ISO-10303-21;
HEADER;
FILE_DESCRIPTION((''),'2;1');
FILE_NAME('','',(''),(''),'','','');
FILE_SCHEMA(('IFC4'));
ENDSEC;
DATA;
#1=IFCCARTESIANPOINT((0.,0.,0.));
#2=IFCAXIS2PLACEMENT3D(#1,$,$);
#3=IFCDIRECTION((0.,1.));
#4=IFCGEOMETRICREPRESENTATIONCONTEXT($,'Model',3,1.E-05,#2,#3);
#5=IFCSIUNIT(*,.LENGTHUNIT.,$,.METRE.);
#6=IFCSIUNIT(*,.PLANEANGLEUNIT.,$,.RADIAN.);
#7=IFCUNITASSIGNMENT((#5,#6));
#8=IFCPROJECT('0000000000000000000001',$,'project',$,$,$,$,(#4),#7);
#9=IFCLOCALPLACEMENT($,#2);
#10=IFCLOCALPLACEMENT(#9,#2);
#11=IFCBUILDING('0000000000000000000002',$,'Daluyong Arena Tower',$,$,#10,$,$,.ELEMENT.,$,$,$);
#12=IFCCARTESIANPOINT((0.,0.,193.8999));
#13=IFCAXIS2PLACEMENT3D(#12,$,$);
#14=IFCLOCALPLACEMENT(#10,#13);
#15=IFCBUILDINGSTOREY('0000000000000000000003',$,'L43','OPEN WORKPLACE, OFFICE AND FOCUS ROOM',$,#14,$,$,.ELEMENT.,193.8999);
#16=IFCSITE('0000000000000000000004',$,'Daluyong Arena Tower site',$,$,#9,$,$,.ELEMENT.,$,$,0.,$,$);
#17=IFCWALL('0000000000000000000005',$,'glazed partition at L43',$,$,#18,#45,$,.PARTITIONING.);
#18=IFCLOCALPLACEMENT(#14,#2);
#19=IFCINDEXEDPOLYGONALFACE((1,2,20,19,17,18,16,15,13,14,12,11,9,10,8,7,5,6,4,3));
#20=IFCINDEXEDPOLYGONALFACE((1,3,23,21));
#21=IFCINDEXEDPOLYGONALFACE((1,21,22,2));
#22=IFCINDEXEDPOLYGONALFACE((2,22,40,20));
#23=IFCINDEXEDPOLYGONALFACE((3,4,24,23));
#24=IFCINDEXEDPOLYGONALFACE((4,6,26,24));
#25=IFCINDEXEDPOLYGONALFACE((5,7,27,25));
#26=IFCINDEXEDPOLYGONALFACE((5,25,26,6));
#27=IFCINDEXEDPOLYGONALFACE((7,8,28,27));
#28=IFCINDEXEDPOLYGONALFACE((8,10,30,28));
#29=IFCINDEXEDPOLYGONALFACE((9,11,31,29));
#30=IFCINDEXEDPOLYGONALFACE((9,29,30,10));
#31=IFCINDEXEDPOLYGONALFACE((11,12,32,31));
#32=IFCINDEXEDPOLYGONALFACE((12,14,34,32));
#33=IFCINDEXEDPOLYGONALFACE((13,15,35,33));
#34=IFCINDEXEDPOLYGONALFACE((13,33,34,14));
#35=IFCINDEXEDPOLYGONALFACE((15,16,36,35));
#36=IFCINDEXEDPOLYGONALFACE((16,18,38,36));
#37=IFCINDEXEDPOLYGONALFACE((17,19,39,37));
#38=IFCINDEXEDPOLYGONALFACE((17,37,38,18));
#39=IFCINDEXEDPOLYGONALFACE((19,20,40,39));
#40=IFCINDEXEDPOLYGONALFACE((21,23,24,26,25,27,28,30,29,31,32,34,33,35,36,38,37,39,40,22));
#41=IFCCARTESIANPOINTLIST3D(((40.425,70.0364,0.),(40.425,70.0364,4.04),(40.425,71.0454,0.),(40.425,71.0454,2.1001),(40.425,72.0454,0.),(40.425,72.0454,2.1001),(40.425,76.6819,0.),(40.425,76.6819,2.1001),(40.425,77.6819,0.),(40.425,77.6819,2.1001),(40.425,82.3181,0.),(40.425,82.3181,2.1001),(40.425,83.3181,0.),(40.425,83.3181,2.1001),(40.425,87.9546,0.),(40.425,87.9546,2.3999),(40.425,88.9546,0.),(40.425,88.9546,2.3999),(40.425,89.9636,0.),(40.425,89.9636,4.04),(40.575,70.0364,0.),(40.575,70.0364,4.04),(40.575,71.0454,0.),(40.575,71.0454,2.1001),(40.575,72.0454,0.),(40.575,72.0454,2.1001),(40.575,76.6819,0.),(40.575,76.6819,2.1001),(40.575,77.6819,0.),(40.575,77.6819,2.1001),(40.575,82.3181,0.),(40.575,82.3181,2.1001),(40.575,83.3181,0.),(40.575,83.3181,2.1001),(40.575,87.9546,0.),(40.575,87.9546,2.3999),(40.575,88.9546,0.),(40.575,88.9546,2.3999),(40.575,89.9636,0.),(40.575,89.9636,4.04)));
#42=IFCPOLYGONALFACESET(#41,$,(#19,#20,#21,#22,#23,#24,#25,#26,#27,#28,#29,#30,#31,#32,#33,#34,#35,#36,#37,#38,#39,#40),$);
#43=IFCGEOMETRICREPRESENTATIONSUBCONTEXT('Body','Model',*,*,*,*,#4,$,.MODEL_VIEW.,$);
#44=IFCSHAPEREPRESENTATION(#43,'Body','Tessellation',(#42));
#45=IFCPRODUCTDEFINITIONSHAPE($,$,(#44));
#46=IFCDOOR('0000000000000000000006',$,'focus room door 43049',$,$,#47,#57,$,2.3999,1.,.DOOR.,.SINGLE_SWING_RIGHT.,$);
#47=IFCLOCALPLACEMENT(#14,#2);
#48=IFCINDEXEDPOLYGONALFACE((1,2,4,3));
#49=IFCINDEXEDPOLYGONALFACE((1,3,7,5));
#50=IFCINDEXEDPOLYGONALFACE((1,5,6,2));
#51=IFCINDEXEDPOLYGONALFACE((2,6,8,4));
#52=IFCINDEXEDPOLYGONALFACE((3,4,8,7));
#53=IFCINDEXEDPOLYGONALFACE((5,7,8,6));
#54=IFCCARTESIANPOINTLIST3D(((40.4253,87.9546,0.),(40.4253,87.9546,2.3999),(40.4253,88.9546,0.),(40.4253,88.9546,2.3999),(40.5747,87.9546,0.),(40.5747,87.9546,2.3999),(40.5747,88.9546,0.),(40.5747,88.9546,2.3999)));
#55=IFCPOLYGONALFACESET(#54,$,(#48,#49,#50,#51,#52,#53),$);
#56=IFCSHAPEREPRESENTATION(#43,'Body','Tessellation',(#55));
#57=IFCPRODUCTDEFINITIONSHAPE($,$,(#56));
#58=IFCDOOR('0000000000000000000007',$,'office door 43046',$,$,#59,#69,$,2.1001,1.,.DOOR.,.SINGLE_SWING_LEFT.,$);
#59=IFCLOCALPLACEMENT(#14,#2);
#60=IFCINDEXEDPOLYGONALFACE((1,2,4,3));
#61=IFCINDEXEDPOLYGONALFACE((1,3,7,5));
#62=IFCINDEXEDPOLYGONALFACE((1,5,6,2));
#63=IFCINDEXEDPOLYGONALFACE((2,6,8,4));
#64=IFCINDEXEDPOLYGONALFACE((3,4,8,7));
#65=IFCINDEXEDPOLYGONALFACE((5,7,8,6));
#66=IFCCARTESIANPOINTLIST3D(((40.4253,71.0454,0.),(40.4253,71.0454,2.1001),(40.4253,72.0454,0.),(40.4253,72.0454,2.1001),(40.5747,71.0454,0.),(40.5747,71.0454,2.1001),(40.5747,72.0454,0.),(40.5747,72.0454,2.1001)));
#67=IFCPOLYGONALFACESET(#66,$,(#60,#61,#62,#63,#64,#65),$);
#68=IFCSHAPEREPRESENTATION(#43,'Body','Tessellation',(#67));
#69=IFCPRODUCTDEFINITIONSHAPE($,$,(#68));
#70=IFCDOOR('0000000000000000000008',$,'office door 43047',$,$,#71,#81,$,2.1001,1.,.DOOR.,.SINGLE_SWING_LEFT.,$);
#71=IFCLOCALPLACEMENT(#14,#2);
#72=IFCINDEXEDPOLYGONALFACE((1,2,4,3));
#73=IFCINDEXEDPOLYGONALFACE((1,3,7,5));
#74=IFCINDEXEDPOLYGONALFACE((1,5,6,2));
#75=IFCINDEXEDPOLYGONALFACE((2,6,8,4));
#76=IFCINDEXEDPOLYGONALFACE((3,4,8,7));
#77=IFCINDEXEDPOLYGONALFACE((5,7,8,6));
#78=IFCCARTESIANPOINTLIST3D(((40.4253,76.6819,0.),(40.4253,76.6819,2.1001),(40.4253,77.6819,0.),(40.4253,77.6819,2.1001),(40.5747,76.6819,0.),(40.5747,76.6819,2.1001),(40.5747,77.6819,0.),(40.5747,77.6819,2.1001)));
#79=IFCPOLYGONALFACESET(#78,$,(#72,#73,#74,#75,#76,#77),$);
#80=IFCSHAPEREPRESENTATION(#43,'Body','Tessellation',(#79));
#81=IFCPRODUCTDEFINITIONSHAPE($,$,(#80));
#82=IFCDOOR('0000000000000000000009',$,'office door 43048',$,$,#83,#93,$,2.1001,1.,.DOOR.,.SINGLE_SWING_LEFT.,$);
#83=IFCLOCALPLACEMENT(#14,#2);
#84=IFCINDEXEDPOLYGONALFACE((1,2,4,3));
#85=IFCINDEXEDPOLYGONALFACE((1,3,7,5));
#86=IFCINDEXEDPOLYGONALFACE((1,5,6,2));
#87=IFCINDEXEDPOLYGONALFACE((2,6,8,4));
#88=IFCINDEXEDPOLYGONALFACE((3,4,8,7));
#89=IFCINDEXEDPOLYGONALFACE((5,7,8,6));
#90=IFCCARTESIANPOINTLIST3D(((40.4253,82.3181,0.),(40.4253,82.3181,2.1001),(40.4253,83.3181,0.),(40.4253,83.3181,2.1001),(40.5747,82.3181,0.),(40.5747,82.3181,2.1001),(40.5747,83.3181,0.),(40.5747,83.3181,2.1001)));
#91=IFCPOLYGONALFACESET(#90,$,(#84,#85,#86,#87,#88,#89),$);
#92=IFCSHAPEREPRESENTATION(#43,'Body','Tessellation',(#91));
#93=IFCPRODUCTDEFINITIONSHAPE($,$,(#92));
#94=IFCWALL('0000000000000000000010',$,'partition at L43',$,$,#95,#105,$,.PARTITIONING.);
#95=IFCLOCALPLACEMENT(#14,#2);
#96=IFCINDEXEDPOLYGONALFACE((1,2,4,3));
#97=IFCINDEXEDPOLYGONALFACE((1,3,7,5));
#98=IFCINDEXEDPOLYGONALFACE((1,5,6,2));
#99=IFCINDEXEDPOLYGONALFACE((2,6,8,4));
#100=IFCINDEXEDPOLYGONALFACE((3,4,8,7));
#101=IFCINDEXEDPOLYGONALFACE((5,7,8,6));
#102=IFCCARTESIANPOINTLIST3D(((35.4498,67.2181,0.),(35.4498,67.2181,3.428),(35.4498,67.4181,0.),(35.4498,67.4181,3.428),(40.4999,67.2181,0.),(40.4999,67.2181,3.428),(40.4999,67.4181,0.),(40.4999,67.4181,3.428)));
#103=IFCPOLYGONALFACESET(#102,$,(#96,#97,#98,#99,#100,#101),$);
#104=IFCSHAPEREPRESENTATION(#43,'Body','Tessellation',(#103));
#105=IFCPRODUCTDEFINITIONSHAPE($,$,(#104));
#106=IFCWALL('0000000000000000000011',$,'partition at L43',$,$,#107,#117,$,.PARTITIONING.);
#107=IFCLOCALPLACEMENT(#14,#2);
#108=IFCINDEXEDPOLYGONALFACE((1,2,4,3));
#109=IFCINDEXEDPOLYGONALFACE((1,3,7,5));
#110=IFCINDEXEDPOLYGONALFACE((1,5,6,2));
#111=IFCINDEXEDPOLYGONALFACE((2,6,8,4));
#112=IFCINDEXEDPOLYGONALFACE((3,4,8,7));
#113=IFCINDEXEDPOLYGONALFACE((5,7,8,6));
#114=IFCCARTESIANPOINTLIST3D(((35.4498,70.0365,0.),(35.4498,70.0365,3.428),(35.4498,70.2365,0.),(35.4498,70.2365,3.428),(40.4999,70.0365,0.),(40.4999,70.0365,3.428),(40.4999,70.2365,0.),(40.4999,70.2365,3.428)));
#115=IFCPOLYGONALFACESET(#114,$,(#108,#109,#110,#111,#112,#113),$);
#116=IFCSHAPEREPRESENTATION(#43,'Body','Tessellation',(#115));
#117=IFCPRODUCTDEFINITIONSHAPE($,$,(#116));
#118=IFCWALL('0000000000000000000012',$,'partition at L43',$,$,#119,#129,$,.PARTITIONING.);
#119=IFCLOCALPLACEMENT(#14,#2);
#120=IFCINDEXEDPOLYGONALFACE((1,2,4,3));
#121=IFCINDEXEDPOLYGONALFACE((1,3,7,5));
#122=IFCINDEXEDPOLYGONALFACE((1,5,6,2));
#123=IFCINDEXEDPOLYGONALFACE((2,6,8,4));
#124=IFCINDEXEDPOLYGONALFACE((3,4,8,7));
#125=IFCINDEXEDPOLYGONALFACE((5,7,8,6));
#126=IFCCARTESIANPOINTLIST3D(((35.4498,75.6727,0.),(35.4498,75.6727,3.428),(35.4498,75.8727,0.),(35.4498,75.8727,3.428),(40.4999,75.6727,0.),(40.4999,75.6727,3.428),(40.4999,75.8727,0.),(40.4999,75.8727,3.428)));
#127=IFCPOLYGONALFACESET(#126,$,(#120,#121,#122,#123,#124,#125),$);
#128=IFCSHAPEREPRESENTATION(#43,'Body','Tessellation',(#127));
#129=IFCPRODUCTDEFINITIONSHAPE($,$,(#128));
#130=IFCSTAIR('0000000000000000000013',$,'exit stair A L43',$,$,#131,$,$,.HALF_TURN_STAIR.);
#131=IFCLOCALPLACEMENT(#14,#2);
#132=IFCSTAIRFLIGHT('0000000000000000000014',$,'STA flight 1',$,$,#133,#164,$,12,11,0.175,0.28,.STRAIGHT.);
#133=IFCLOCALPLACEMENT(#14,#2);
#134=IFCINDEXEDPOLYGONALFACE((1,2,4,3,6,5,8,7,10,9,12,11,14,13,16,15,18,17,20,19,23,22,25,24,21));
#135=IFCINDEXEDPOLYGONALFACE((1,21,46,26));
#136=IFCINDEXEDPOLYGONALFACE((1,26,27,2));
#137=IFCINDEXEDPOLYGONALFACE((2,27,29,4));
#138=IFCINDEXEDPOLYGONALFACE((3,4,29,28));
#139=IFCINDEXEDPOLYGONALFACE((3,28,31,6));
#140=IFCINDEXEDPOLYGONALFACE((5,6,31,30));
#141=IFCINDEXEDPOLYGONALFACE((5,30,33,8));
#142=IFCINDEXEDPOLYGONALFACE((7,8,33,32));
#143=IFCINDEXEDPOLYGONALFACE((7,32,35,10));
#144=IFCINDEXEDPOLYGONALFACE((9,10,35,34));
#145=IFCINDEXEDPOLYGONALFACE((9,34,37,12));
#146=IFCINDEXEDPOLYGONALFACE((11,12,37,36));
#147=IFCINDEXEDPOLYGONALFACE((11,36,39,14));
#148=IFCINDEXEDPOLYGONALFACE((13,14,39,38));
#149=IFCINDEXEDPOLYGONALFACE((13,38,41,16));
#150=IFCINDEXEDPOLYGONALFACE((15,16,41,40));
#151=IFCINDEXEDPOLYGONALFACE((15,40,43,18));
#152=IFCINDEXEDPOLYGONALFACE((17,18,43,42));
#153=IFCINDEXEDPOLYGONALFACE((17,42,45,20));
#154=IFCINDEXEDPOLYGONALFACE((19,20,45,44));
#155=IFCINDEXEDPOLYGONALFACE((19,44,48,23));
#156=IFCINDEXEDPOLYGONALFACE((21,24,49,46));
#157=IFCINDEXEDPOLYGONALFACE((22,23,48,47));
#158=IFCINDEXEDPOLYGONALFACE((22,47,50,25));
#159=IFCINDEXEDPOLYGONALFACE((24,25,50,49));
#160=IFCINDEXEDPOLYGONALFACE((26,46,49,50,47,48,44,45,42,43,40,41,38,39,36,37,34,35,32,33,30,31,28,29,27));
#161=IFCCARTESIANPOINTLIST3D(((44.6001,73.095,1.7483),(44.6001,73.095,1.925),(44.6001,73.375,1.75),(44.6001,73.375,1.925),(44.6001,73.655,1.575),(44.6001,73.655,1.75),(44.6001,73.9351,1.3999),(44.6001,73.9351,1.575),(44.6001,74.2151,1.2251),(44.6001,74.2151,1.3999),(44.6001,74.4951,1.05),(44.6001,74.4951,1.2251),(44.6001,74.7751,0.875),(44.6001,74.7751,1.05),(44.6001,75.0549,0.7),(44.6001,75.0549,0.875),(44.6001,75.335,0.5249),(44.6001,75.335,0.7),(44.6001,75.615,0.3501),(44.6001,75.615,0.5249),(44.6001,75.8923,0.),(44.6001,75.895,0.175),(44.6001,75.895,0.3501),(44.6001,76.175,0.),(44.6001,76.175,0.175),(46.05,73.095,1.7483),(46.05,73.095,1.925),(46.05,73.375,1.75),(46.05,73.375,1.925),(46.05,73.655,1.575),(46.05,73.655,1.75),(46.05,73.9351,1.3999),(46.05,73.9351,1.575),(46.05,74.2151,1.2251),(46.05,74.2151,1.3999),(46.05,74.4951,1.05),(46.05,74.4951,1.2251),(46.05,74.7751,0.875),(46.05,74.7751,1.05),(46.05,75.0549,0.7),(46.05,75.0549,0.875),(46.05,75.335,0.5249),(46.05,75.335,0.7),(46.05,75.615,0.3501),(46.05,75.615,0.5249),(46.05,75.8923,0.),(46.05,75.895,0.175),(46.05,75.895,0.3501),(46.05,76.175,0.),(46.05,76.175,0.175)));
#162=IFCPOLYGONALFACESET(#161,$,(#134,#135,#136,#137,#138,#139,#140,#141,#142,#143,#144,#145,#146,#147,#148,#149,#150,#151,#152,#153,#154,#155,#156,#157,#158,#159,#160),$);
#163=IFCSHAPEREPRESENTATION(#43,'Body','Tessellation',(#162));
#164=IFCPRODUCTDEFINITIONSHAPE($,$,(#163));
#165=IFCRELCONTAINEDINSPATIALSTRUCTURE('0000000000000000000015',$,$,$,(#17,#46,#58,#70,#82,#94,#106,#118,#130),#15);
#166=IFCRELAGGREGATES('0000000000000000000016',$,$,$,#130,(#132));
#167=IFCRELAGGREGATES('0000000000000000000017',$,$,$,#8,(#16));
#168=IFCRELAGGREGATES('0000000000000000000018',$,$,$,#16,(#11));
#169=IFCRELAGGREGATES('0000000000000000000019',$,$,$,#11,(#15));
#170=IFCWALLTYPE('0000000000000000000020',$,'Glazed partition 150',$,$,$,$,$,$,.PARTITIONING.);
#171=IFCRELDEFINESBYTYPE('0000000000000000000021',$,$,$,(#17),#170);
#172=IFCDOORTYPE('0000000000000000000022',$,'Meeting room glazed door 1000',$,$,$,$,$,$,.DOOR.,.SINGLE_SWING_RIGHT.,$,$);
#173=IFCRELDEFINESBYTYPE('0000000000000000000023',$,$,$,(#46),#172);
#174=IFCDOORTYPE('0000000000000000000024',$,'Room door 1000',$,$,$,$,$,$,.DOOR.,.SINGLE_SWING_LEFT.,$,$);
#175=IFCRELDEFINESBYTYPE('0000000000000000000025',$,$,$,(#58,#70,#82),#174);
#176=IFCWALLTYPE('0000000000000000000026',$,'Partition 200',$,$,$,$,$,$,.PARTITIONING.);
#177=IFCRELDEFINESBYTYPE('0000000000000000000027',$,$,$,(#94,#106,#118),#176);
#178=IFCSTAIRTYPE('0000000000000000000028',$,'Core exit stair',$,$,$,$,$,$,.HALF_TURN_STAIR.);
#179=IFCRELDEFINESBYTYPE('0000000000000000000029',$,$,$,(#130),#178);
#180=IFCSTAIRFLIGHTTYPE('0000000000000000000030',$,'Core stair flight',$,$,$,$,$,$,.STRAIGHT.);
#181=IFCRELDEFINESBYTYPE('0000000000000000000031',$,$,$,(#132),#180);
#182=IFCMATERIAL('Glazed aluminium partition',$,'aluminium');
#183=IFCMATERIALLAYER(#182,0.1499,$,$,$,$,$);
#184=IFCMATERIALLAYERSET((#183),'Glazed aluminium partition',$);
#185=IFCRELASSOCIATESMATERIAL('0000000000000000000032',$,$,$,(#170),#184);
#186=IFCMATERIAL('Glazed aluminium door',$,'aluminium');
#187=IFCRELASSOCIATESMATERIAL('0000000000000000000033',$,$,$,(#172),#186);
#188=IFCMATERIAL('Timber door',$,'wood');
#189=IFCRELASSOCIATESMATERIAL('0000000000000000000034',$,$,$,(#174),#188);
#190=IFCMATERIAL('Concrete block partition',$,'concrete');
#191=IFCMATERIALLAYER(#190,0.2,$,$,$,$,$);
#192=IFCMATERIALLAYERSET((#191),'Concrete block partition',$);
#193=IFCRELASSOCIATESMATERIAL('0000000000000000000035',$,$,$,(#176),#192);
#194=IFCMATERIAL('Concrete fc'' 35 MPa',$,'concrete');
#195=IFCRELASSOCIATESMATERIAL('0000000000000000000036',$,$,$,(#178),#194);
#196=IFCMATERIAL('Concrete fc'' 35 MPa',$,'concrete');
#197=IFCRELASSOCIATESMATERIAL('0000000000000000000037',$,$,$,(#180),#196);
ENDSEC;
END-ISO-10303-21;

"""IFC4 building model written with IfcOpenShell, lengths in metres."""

from ifc_helpers import new_model, si_unit, direction, frame, frame_2d, origin, place, context, subcontext, project, spatial, polyline, rectangle, outline, extrude, material, layer, layer_set, type_object, element, fill, aggregate, save


model = new_model("IFC4")

# Units and contexts
model_context = context("Model", 3, precision=1e-05, world=origin(), true_north=direction((0.0, 1.0)))
body_context = subcontext(model_context, "Body", "Model", "MODEL_VIEW")
ifc_project = project(units=[si_unit("LENGTHUNIT", "METRE"), si_unit("PLANEANGLEUNIT", "RADIAN")], contexts=[model_context])

# Site, building, storey
site_placement = place(None, origin())
site = spatial("IfcSite", under=ifc_project, at=site_placement, Name="Daluyong Arena Tower site", CompositionType="ELEMENT", RefElevation=0.0)
building_placement = place(site_placement, origin())
building = spatial("IfcBuilding", under=site, at=building_placement, Name="Daluyong Arena Tower", CompositionType="ELEMENT")
storey_placement = place(building_placement, frame((0.0, 0.0, 193.8999)))
storey = spatial("IfcBuildingStorey", under=building, at=storey_placement, Name="L43", Description="OPEN WORKPLACE, OFFICE AND FOCUS ROOM", CompositionType="ELEMENT", Elevation=193.8999)

# Wall, openings, doors
ifc_material_1 = material(Name="Glazed aluminium partition", Category="aluminium")
ifc_layer_1 = layer(ifc_material_1, 0.1499)
ifc_layer_set_1 = layer_set([ifc_layer_1], Name="Glazed aluminium partition")
wall_type_1 = type_object("IfcWallType", Name="Glazed partition 150", PredefinedType="PARTITIONING", material=ifc_layer_set_1)
wall_1_placement = place(storey_placement, frame((40.5, 70.0364, 0.0), z_axis=(0.0, 0.0, 1.0), x_axis=(0.0, 1.0, 0.0)))
wall_1 = element("IfcWall", 1, at=wall_1_placement, inside=storey, type_object=wall_type_1, Name="glazed partition at L43", PredefinedType="PARTITIONING", context=body_context, shape_type="SweptSolid", body=[
    extrude(rectangle(XDim=19.9272, YDim=0.1499, at=frame_2d((9.9636, 0.0))), origin(), (0.0, 0.0, 1.0), 4.04),
])
opening_1_placement = place(wall_1_placement, frame((1.009, 0.0, 0.0)))
opening_1 = element("IfcOpeningElement", 2, at=opening_1_placement, cuts=wall_1, PredefinedType="OPENING", context=body_context, shape_type="SweptSolid", body=[
    extrude(rectangle(XDim=1.0, YDim=2.1001, at=frame_2d((0.5, 1.05))), frame((0.0, 0.085, 0.0), z_axis=(0.0, -1.0, 0.0), x_axis=(1.0, 0.0, 0.0)), (0.0, 0.0, 1.0), 0.1699),
])
opening_2_placement = place(wall_1_placement, frame((6.6455, 0.0, 0.0)))
opening_2 = element("IfcOpeningElement", 3, at=opening_2_placement, cuts=wall_1, PredefinedType="OPENING", context=body_context, shape_type="SweptSolid", body=[
    extrude(rectangle(XDim=1.0, YDim=2.1001, at=frame_2d((0.5, 1.05))), frame((0.0, 0.085, 0.0), z_axis=(0.0, -1.0, 0.0), x_axis=(1.0, 0.0, 0.0)), (0.0, 0.0, 1.0), 0.1699),
])
opening_3_placement = place(wall_1_placement, frame((12.2817, 0.0, 0.0)))
opening_3 = element("IfcOpeningElement", 4, at=opening_3_placement, cuts=wall_1, PredefinedType="OPENING", context=body_context, shape_type="SweptSolid", body=[
    extrude(rectangle(XDim=1.0, YDim=2.1001, at=frame_2d((0.5, 1.05))), frame((0.0, 0.085, 0.0), z_axis=(0.0, -1.0, 0.0), x_axis=(1.0, 0.0, 0.0)), (0.0, 0.0, 1.0), 0.1699),
])
opening_4_placement = place(wall_1_placement, frame((17.9182, 0.0, 0.0)))
opening_4 = element("IfcOpeningElement", 5, at=opening_4_placement, cuts=wall_1, PredefinedType="OPENING", context=body_context, shape_type="SweptSolid", body=[
    extrude(rectangle(XDim=1.0, YDim=2.3999, at=frame_2d((0.5, 1.2))), frame((0.0, 0.085, 0.0), z_axis=(0.0, -1.0, 0.0), x_axis=(1.0, 0.0, 0.0)), (0.0, 0.0, 1.0), 0.1699),
])
ifc_material_2 = material(Name="Glazed aluminium door", Category="aluminium")
door_type_1 = type_object("IfcDoorType", Name="Meeting room glazed door 1000", OperationType="SINGLE_SWING_RIGHT", PredefinedType="DOOR", material=ifc_material_2)
door_1_placement = place(opening_4_placement, origin())
door_1 = element("IfcDoor", 6, at=door_1_placement, inside=storey, type_object=door_type_1, Name="focus room door 43049", OperationType="SINGLE_SWING_RIGHT", OverallHeight=2.3999, OverallWidth=1.0, PredefinedType="DOOR", context=body_context, shape_type="SweptSolid", body=[
    extrude(rectangle(XDim=1.0, YDim=2.3999, at=frame_2d((0.5, 1.2))), frame((0.0, 0.0747, 0.0), z_axis=(0.0, -1.0, 0.0), x_axis=(1.0, 0.0, 0.0)), (0.0, 0.0, 1.0), 0.1494),
])
fill(opening_4, door_1)
ifc_material_3 = material(Name="Timber door", Category="wood")
door_type_2 = type_object("IfcDoorType", Name="Room door 1000", OperationType="SINGLE_SWING_LEFT", PredefinedType="DOOR", material=ifc_material_3)
door_2_placement = place(opening_1_placement, origin())
door_2 = element("IfcDoor", 7, at=door_2_placement, inside=storey, type_object=door_type_2, Name="office door 43046", OperationType="SINGLE_SWING_LEFT", OverallHeight=2.1001, OverallWidth=1.0, PredefinedType="DOOR", context=body_context, shape_type="SweptSolid", body=[
    extrude(rectangle(XDim=1.0, YDim=2.1001, at=frame_2d((0.5, 1.05))), frame((0.0, 0.0747, 0.0), z_axis=(0.0, -1.0, 0.0), x_axis=(1.0, 0.0, 0.0)), (0.0, 0.0, 1.0), 0.1494),
])
fill(opening_1, door_2)
door_3_placement = place(opening_2_placement, origin())
door_3 = element("IfcDoor", 8, at=door_3_placement, inside=storey, type_object=door_type_2, Name="office door 43047", OperationType="SINGLE_SWING_LEFT", OverallHeight=2.1001, OverallWidth=1.0, PredefinedType="DOOR", context=body_context, shape_type="SweptSolid", body=[
    extrude(rectangle(XDim=1.0, YDim=2.1001, at=frame_2d((0.5, 1.05))), frame((0.0, 0.0747, 0.0), z_axis=(0.0, -1.0, 0.0), x_axis=(1.0, 0.0, 0.0)), (0.0, 0.0, 1.0), 0.1494),
])
fill(opening_2, door_3)
door_4_placement = place(opening_3_placement, origin())
door_4 = element("IfcDoor", 9, at=door_4_placement, inside=storey, type_object=door_type_2, Name="office door 43048", OperationType="SINGLE_SWING_LEFT", OverallHeight=2.1001, OverallWidth=1.0, PredefinedType="DOOR", context=body_context, shape_type="SweptSolid", body=[
    extrude(rectangle(XDim=1.0, YDim=2.1001, at=frame_2d((0.5, 1.05))), frame((0.0, 0.0747, 0.0), z_axis=(0.0, -1.0, 0.0), x_axis=(1.0, 0.0, 0.0)), (0.0, 0.0, 1.0), 0.1494),
])
fill(opening_3, door_4)

# Walls
ifc_material_4 = material(Name="Concrete block partition", Category="concrete")
ifc_layer_2 = layer(ifc_material_4, 0.2)
ifc_layer_set_2 = layer_set([ifc_layer_2], Name="Concrete block partition")
wall_type_2 = type_object("IfcWallType", Name="Partition 200", PredefinedType="PARTITIONING", material=ifc_layer_set_2)
for number, where, z_axis, x_axis, name in (
    (10, (35.45, 67.3181, 0.0), (0.0, 0.0, 1.0), (1.0, 0.0, 0.0), "partition at L43"),
    (11, (35.45, 70.1365, 0.0), (0.0, 0.0, 1.0), (1.0, 0.0, 0.0), "partition at L43"),
    (12, (35.45, 75.7727, 0.0), (0.0, 0.0, 1.0), (1.0, 0.0, 0.0), "partition at L43"),
):
    element("IfcWall", number, at=place(storey_placement, frame(where, z_axis=z_axis, x_axis=x_axis)), inside=storey, type_object=wall_type_2, Name=name, PredefinedType="PARTITIONING", context=body_context, shape_type="SweptSolid", body=[
        extrude(rectangle(XDim=5.05, YDim=0.2, at=frame_2d((2.5249, 0.0))), origin(), (0.0, 0.0, 1.0), 3.428),
    ])

# Stair, stair flight
ifc_material_5 = material(Name="Concrete fc' 35 MPa", Category="concrete")
stair_type = type_object("IfcStairType", Name="Core exit stair", PredefinedType="HALF_TURN_STAIR", material=ifc_material_5)
stair_placement = place(storey_placement, origin())
stair = element("IfcStair", 13, at=stair_placement, inside=storey, type_object=stair_type, Name="exit stair A L43", PredefinedType="HALF_TURN_STAIR")
ifc_material_6 = material(Name="Concrete fc' 35 MPa", Category="concrete")
stair_flight_type = type_object("IfcStairFlightType", Name="Core stair flight", PredefinedType="STRAIGHT", material=ifc_material_6)
stair_flight_1_placement = place(storey_placement, frame((45.325, 76.175, 0.0), z_axis=(0.0, 0.0, 1.0), x_axis=(0.0, -1.0, 0.0)))
stair_flight_1 = element("IfcStairFlight", 14, at=stair_flight_1_placement, type_object=stair_flight_type, Name="STA flight 1", NumberOfRisers=12, NumberOfTreads=11, PredefinedType="STRAIGHT", RiserHeight=0.175, TreadLength=0.28, context=body_context, shape_type="SweptSolid", body=[
    extrude(outline(polyline([(0.0, 0.0), (0.0, 0.175), (0.28, 0.175), (0.28, 0.3501), (0.5601, 0.3501), (0.5601, 0.5249), (0.8401, 0.5249), (0.8401, 0.7), (1.1201, 0.7), (1.1201, 0.875), (1.3999, 0.875), (1.3999, 1.05), (1.6799, 1.05), (1.6799, 1.2251), (1.96, 1.2251), (1.96, 1.3999), (2.24, 1.3999), (2.24, 1.575), (2.52, 1.575), (2.52, 1.75), (2.8, 1.75), (2.8, 1.925), (3.0801, 1.925), (3.0801, 2.1001), (3.0801, 1.7483), (0.2827, 0.0), (0.0, 0.0)])), frame((0.0, 0.7251, 0.0), z_axis=(0.0, -1.0, 0.0), x_axis=(1.0, 0.0, 0.0)), (0.0, 0.0, 1.0), 1.45),
])
aggregate(stair, [stair_flight_1])

save(model, "model.ifc")
